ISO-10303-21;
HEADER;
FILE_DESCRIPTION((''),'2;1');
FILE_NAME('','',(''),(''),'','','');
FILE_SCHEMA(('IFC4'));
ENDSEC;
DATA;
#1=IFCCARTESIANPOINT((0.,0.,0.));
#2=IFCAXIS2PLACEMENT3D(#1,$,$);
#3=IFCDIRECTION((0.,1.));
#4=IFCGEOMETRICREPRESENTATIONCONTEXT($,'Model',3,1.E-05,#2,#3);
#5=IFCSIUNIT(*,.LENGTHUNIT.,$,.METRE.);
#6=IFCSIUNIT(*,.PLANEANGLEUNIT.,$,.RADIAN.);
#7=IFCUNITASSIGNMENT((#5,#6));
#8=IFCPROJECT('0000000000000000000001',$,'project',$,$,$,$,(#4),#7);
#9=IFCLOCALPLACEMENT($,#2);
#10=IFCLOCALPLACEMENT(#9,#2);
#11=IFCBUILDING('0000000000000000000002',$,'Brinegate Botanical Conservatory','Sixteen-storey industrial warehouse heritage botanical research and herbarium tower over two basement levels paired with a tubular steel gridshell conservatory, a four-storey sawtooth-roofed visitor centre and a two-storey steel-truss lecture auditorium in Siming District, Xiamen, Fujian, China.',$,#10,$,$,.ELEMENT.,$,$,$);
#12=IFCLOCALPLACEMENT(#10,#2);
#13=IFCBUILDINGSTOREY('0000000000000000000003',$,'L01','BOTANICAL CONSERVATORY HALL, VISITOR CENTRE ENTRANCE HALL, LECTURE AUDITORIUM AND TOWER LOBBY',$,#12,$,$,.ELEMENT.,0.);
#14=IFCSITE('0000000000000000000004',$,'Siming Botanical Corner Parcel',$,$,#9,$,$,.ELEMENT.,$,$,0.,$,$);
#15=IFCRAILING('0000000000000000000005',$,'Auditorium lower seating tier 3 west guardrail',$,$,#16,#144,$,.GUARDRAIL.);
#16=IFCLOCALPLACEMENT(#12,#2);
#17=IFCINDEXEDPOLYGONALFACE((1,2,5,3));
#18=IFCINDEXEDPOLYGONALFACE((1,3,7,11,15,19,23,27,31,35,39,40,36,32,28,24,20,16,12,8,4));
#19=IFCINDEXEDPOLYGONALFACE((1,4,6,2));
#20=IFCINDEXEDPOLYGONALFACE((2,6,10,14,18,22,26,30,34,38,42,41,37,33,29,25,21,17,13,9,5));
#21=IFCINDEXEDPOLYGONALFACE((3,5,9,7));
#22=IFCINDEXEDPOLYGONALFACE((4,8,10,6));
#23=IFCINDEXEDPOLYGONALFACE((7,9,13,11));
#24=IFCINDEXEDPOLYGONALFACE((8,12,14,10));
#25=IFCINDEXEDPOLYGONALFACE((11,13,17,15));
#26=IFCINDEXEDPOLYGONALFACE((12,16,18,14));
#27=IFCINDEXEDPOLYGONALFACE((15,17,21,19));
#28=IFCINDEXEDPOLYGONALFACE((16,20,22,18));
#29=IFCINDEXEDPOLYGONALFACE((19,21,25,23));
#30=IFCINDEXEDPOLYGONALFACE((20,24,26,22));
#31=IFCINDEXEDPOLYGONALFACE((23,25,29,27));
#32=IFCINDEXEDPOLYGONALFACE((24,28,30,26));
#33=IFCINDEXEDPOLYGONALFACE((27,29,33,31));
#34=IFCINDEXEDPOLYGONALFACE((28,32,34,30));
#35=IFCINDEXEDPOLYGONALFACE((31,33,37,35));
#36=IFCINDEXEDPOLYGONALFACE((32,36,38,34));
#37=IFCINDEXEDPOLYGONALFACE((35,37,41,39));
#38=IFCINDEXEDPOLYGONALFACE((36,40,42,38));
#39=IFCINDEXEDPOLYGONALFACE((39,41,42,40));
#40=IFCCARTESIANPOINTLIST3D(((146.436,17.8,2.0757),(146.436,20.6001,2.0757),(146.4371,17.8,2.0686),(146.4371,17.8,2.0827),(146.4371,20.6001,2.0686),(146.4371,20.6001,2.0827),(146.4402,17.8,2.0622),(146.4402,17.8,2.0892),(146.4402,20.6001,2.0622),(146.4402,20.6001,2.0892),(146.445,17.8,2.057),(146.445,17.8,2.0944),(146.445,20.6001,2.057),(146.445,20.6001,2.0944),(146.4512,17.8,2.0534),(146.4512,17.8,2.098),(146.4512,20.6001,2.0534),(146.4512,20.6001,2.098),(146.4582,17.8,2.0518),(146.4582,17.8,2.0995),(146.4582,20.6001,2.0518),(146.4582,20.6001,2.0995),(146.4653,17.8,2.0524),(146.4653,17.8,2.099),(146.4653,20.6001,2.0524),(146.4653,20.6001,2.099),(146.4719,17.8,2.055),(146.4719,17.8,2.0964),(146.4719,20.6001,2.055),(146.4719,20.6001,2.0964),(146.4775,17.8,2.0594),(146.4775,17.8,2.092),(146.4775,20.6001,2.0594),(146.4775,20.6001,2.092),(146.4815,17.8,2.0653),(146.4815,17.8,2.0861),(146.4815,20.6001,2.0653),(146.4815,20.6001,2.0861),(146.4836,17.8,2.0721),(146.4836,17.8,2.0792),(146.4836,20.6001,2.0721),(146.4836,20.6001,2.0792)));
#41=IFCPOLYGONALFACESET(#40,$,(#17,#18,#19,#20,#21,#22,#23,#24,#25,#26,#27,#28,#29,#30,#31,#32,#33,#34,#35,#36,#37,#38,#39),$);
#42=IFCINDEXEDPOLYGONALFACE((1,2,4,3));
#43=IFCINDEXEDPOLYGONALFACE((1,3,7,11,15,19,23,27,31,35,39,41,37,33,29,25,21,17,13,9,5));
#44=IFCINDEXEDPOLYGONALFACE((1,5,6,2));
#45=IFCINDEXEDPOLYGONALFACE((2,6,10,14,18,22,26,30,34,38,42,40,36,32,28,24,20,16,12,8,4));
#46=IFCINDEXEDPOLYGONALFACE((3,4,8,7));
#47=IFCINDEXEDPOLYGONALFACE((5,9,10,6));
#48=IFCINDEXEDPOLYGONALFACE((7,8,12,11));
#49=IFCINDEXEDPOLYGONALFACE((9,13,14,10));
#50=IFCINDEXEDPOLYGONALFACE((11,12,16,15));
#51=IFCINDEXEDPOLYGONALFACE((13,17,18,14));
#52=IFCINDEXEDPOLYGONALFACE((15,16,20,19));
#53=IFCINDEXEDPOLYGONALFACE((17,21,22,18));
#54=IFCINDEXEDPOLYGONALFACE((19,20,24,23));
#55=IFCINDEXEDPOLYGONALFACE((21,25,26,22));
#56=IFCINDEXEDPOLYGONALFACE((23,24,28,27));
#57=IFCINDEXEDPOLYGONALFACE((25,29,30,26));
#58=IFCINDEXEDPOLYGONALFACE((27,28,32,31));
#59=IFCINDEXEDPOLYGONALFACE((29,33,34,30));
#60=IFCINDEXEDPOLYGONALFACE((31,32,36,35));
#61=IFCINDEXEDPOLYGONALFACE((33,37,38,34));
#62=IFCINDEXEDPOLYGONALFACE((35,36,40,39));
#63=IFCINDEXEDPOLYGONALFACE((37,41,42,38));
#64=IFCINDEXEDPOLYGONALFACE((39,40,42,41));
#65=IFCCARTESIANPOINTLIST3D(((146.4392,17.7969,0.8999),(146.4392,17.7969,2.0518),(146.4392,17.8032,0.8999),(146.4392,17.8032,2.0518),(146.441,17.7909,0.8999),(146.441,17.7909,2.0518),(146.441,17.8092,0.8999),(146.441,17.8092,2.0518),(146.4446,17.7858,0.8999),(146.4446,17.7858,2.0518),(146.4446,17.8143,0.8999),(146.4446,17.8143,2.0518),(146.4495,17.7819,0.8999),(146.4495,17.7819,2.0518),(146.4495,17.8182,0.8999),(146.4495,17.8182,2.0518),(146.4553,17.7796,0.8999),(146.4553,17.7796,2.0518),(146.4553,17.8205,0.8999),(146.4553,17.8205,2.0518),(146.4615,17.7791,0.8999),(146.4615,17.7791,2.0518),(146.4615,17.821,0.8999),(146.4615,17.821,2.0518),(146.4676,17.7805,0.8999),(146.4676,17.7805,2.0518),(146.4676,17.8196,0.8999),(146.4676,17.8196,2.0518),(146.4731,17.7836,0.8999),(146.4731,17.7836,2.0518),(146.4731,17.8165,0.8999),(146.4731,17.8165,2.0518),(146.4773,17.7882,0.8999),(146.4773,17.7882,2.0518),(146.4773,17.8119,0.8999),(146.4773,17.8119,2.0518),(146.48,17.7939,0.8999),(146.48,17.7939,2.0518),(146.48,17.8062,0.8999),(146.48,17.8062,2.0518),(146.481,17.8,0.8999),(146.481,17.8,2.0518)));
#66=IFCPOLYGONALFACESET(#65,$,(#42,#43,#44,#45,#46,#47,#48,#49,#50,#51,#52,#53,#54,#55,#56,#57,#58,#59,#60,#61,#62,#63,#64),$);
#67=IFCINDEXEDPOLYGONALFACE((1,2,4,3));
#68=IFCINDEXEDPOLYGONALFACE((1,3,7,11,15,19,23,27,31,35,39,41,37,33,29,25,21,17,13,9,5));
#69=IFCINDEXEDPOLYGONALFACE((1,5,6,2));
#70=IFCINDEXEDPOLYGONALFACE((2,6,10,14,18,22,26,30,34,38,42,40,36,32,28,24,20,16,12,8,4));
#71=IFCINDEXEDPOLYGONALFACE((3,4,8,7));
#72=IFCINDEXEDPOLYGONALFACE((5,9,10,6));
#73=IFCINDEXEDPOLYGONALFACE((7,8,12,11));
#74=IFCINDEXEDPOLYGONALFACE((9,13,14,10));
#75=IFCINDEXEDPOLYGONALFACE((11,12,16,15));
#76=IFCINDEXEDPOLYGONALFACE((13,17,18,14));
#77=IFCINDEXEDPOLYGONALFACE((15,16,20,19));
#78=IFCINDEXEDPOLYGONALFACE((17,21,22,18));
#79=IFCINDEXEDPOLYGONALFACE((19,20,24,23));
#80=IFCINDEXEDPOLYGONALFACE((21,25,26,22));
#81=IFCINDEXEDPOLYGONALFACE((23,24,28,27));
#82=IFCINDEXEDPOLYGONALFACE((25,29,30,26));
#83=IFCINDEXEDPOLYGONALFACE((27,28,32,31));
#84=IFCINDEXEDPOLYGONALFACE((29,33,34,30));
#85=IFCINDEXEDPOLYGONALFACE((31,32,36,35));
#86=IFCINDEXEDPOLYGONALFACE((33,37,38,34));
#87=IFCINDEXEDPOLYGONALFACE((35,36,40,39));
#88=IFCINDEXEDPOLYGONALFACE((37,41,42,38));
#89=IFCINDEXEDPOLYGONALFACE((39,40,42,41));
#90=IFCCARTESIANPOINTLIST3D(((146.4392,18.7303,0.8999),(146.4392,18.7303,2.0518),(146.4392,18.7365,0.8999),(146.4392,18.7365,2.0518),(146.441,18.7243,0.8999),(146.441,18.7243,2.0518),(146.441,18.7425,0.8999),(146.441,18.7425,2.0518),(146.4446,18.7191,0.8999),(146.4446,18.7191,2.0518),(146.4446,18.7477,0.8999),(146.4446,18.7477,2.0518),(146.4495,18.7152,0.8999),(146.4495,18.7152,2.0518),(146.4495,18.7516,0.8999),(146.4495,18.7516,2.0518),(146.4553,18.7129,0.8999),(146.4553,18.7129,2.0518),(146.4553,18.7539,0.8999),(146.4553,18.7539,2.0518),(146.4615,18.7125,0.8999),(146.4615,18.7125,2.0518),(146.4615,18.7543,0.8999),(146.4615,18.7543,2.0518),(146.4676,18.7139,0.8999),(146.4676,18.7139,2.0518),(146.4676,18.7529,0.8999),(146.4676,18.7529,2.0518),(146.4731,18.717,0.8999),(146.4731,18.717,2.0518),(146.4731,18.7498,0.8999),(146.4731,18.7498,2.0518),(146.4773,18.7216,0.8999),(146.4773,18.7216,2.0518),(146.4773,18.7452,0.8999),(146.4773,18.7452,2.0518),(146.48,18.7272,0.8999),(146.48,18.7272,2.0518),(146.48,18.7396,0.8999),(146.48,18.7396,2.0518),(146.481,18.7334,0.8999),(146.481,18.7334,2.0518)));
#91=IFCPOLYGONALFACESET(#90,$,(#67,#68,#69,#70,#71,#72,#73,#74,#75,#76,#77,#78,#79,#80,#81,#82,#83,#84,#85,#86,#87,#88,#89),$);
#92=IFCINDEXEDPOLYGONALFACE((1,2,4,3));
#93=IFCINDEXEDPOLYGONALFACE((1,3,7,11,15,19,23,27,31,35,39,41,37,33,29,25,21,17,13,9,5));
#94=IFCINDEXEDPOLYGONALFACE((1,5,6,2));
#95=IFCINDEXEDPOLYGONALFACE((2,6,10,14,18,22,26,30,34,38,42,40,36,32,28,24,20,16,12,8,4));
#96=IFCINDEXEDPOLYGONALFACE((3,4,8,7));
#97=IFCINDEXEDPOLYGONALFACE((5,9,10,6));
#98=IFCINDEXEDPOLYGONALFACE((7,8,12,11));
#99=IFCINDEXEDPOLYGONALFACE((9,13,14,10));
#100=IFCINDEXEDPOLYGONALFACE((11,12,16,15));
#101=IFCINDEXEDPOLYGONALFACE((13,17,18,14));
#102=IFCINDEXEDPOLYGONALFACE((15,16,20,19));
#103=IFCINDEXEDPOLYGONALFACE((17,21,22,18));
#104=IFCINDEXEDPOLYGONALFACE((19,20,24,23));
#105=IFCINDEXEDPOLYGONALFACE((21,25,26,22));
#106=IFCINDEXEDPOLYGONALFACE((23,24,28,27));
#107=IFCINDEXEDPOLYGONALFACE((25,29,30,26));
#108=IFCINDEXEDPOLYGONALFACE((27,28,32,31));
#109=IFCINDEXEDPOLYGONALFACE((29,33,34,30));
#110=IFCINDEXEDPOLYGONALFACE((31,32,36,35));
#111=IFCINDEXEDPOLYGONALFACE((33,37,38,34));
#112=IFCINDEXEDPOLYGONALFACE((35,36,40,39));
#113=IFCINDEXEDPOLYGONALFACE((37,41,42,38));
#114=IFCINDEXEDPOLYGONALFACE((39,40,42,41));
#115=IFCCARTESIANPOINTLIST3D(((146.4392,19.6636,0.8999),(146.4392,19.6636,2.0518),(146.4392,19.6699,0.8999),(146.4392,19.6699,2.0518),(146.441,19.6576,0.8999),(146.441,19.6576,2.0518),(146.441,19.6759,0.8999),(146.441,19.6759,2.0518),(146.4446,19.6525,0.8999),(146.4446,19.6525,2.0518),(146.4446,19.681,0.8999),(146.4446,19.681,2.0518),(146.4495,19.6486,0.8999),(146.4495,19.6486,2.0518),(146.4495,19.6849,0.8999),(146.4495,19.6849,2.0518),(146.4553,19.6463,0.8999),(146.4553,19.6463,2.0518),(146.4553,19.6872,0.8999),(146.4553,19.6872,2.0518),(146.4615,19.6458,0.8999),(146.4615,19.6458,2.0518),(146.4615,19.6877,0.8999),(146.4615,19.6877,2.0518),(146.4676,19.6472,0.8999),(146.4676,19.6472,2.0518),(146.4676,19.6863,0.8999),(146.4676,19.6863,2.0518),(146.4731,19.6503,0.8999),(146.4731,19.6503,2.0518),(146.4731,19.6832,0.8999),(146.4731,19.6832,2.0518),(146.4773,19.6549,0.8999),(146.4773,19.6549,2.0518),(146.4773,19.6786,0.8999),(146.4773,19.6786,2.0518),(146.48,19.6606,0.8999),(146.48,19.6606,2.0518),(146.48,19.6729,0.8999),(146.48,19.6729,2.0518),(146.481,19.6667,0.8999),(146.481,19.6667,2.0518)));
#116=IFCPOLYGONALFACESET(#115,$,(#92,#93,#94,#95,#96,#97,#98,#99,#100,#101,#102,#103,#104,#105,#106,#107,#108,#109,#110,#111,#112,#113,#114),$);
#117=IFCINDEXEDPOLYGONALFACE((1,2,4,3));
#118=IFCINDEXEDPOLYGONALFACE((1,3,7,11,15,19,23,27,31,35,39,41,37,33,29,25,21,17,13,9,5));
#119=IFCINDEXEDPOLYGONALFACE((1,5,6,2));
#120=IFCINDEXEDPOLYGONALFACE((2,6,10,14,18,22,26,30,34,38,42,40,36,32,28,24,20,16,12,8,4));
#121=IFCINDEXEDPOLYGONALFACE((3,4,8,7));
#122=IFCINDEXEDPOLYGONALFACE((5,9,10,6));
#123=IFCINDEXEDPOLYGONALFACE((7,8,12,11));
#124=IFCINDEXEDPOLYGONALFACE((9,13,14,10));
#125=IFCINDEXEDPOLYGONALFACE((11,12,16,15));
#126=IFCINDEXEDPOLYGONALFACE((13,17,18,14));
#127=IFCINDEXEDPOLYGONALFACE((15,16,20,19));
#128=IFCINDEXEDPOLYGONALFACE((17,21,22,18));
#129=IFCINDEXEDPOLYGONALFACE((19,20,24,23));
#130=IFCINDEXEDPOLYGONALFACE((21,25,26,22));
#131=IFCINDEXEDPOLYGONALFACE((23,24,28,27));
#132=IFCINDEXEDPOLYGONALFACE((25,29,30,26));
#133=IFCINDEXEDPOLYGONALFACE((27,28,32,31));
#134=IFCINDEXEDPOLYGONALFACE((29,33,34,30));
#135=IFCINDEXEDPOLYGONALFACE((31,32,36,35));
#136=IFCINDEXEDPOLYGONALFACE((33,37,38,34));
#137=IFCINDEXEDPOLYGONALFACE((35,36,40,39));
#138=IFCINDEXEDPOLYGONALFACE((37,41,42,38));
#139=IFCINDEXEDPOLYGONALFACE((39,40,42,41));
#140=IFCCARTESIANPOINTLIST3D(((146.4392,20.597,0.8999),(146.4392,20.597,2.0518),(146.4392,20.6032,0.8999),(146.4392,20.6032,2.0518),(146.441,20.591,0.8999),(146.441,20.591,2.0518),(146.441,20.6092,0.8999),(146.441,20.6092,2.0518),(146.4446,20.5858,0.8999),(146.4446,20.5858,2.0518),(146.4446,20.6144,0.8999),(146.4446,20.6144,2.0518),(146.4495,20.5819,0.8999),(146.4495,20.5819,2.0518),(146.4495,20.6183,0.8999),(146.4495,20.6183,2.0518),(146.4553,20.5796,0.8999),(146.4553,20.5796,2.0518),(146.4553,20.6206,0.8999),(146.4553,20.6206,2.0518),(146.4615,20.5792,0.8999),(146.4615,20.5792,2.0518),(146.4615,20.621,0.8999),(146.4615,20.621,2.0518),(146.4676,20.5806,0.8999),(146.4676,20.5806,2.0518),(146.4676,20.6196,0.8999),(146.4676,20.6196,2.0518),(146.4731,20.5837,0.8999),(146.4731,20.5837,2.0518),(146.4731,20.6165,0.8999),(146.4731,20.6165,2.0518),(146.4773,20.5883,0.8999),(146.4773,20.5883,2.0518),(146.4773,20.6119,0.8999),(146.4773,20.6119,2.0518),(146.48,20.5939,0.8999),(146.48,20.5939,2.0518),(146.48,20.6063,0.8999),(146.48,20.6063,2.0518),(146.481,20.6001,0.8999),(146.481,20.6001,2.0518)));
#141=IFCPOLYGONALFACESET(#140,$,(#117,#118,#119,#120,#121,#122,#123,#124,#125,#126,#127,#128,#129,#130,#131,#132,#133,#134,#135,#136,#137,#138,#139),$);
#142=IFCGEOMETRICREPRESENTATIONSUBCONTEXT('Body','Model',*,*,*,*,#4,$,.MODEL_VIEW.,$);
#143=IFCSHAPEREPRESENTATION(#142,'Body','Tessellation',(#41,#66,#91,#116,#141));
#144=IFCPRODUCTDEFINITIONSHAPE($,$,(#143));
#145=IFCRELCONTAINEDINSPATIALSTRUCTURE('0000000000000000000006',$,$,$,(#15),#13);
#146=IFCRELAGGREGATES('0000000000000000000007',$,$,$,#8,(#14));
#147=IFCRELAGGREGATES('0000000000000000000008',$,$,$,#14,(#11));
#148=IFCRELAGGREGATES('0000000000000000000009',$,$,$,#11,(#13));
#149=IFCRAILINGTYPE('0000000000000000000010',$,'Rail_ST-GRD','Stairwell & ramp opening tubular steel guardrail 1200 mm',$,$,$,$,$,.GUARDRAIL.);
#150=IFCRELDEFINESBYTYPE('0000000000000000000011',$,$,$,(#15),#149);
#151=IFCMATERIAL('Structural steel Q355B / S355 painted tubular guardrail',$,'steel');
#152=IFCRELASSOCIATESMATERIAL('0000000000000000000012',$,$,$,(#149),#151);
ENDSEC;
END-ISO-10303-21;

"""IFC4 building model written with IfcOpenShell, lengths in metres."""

from ifc_helpers import new_model, si_unit, direction, frame, origin, origin_2d, place, context, subcontext, project, spatial, circle, extrude, material, type_object, element, save


model = new_model("IFC4")

# Units and contexts
model_context = context("Model", 3, precision=1e-05, world=origin(), true_north=direction((0.0, 1.0)))
body_context = subcontext(model_context, "Body", "Model", "MODEL_VIEW")
ifc_project = project(units=[si_unit("LENGTHUNIT", "METRE"), si_unit("PLANEANGLEUNIT", "RADIAN")], contexts=[model_context])

# Site, building, storey
site_placement = place(None, origin())
site = spatial("IfcSite", under=ifc_project, at=site_placement, Name="Siming Botanical Corner Parcel", CompositionType="ELEMENT", RefElevation=0.0)
building_placement = place(site_placement, origin())
building = spatial("IfcBuilding", under=site, at=building_placement, Name="Brinegate Botanical Conservatory", Description="Sixteen-storey industrial warehouse heritage botanical research and herbarium tower over two basement levels paired with a tubular steel gridshell conservatory, a four-storey sawtooth-roofed visitor centre and a two-storey steel-truss lecture auditorium in Siming District, Xiamen, Fujian, China.", CompositionType="ELEMENT")
storey_placement = place(building_placement, origin())
storey = spatial("IfcBuildingStorey", under=building, at=storey_placement, Name="L01", Description="BOTANICAL CONSERVATORY HALL, VISITOR CENTRE ENTRANCE HALL, LECTURE AUDITORIUM AND TOWER LOBBY", CompositionType="ELEMENT", Elevation=0.0)

# Railing
ifc_material_1 = material(Name="Structural steel Q355B / S355 painted tubular guardrail", Category="steel")
railing_type_1 = type_object("IfcRailingType", Name="Rail_ST-GRD", Description="Stairwell & ramp opening tubular steel guardrail 1200 mm", PredefinedType="GUARDRAIL", material=ifc_material_1)
for number, where, name in (
    (1, (146.46, 17.8, 0.8999), "Auditorium lower seating tier 3 west guardrail"),
):
    element("IfcRailing", number, at=place(storey_placement, frame(where)), inside=storey, type_object=railing_type_1, Name=name, PredefinedType="GUARDRAIL", context=body_context, shape_type="SweptSolid", body=[
        extrude(circle(Radius=0.0239, at=origin_2d()), frame((0.0, 0.0, 1.1758), z_axis=(0.0, 1.0, 0.0), x_axis=(-1.0, 0.0, 0.0)), (0.0, 0.0, 1.0), 2.8),
        extrude(circle(Radius=0.021, at=origin_2d()), origin(), (0.0, 0.0, 1.0), 1.1519),
        extrude(circle(Radius=0.021, at=origin_2d()), frame((0.0, 0.9333, 0.0)), (0.0, 0.0, 1.0), 1.1519),
        extrude(circle(Radius=0.021, at=origin_2d()), frame((0.0, 1.8667, 0.0)), (0.0, 0.0, 1.0), 1.1519),
        extrude(circle(Radius=0.021, at=origin_2d()), frame((0.0, 2.8, 0.0)), (0.0, 0.0, 1.0), 1.1519),
    ])

save(model, "model.ifc")
